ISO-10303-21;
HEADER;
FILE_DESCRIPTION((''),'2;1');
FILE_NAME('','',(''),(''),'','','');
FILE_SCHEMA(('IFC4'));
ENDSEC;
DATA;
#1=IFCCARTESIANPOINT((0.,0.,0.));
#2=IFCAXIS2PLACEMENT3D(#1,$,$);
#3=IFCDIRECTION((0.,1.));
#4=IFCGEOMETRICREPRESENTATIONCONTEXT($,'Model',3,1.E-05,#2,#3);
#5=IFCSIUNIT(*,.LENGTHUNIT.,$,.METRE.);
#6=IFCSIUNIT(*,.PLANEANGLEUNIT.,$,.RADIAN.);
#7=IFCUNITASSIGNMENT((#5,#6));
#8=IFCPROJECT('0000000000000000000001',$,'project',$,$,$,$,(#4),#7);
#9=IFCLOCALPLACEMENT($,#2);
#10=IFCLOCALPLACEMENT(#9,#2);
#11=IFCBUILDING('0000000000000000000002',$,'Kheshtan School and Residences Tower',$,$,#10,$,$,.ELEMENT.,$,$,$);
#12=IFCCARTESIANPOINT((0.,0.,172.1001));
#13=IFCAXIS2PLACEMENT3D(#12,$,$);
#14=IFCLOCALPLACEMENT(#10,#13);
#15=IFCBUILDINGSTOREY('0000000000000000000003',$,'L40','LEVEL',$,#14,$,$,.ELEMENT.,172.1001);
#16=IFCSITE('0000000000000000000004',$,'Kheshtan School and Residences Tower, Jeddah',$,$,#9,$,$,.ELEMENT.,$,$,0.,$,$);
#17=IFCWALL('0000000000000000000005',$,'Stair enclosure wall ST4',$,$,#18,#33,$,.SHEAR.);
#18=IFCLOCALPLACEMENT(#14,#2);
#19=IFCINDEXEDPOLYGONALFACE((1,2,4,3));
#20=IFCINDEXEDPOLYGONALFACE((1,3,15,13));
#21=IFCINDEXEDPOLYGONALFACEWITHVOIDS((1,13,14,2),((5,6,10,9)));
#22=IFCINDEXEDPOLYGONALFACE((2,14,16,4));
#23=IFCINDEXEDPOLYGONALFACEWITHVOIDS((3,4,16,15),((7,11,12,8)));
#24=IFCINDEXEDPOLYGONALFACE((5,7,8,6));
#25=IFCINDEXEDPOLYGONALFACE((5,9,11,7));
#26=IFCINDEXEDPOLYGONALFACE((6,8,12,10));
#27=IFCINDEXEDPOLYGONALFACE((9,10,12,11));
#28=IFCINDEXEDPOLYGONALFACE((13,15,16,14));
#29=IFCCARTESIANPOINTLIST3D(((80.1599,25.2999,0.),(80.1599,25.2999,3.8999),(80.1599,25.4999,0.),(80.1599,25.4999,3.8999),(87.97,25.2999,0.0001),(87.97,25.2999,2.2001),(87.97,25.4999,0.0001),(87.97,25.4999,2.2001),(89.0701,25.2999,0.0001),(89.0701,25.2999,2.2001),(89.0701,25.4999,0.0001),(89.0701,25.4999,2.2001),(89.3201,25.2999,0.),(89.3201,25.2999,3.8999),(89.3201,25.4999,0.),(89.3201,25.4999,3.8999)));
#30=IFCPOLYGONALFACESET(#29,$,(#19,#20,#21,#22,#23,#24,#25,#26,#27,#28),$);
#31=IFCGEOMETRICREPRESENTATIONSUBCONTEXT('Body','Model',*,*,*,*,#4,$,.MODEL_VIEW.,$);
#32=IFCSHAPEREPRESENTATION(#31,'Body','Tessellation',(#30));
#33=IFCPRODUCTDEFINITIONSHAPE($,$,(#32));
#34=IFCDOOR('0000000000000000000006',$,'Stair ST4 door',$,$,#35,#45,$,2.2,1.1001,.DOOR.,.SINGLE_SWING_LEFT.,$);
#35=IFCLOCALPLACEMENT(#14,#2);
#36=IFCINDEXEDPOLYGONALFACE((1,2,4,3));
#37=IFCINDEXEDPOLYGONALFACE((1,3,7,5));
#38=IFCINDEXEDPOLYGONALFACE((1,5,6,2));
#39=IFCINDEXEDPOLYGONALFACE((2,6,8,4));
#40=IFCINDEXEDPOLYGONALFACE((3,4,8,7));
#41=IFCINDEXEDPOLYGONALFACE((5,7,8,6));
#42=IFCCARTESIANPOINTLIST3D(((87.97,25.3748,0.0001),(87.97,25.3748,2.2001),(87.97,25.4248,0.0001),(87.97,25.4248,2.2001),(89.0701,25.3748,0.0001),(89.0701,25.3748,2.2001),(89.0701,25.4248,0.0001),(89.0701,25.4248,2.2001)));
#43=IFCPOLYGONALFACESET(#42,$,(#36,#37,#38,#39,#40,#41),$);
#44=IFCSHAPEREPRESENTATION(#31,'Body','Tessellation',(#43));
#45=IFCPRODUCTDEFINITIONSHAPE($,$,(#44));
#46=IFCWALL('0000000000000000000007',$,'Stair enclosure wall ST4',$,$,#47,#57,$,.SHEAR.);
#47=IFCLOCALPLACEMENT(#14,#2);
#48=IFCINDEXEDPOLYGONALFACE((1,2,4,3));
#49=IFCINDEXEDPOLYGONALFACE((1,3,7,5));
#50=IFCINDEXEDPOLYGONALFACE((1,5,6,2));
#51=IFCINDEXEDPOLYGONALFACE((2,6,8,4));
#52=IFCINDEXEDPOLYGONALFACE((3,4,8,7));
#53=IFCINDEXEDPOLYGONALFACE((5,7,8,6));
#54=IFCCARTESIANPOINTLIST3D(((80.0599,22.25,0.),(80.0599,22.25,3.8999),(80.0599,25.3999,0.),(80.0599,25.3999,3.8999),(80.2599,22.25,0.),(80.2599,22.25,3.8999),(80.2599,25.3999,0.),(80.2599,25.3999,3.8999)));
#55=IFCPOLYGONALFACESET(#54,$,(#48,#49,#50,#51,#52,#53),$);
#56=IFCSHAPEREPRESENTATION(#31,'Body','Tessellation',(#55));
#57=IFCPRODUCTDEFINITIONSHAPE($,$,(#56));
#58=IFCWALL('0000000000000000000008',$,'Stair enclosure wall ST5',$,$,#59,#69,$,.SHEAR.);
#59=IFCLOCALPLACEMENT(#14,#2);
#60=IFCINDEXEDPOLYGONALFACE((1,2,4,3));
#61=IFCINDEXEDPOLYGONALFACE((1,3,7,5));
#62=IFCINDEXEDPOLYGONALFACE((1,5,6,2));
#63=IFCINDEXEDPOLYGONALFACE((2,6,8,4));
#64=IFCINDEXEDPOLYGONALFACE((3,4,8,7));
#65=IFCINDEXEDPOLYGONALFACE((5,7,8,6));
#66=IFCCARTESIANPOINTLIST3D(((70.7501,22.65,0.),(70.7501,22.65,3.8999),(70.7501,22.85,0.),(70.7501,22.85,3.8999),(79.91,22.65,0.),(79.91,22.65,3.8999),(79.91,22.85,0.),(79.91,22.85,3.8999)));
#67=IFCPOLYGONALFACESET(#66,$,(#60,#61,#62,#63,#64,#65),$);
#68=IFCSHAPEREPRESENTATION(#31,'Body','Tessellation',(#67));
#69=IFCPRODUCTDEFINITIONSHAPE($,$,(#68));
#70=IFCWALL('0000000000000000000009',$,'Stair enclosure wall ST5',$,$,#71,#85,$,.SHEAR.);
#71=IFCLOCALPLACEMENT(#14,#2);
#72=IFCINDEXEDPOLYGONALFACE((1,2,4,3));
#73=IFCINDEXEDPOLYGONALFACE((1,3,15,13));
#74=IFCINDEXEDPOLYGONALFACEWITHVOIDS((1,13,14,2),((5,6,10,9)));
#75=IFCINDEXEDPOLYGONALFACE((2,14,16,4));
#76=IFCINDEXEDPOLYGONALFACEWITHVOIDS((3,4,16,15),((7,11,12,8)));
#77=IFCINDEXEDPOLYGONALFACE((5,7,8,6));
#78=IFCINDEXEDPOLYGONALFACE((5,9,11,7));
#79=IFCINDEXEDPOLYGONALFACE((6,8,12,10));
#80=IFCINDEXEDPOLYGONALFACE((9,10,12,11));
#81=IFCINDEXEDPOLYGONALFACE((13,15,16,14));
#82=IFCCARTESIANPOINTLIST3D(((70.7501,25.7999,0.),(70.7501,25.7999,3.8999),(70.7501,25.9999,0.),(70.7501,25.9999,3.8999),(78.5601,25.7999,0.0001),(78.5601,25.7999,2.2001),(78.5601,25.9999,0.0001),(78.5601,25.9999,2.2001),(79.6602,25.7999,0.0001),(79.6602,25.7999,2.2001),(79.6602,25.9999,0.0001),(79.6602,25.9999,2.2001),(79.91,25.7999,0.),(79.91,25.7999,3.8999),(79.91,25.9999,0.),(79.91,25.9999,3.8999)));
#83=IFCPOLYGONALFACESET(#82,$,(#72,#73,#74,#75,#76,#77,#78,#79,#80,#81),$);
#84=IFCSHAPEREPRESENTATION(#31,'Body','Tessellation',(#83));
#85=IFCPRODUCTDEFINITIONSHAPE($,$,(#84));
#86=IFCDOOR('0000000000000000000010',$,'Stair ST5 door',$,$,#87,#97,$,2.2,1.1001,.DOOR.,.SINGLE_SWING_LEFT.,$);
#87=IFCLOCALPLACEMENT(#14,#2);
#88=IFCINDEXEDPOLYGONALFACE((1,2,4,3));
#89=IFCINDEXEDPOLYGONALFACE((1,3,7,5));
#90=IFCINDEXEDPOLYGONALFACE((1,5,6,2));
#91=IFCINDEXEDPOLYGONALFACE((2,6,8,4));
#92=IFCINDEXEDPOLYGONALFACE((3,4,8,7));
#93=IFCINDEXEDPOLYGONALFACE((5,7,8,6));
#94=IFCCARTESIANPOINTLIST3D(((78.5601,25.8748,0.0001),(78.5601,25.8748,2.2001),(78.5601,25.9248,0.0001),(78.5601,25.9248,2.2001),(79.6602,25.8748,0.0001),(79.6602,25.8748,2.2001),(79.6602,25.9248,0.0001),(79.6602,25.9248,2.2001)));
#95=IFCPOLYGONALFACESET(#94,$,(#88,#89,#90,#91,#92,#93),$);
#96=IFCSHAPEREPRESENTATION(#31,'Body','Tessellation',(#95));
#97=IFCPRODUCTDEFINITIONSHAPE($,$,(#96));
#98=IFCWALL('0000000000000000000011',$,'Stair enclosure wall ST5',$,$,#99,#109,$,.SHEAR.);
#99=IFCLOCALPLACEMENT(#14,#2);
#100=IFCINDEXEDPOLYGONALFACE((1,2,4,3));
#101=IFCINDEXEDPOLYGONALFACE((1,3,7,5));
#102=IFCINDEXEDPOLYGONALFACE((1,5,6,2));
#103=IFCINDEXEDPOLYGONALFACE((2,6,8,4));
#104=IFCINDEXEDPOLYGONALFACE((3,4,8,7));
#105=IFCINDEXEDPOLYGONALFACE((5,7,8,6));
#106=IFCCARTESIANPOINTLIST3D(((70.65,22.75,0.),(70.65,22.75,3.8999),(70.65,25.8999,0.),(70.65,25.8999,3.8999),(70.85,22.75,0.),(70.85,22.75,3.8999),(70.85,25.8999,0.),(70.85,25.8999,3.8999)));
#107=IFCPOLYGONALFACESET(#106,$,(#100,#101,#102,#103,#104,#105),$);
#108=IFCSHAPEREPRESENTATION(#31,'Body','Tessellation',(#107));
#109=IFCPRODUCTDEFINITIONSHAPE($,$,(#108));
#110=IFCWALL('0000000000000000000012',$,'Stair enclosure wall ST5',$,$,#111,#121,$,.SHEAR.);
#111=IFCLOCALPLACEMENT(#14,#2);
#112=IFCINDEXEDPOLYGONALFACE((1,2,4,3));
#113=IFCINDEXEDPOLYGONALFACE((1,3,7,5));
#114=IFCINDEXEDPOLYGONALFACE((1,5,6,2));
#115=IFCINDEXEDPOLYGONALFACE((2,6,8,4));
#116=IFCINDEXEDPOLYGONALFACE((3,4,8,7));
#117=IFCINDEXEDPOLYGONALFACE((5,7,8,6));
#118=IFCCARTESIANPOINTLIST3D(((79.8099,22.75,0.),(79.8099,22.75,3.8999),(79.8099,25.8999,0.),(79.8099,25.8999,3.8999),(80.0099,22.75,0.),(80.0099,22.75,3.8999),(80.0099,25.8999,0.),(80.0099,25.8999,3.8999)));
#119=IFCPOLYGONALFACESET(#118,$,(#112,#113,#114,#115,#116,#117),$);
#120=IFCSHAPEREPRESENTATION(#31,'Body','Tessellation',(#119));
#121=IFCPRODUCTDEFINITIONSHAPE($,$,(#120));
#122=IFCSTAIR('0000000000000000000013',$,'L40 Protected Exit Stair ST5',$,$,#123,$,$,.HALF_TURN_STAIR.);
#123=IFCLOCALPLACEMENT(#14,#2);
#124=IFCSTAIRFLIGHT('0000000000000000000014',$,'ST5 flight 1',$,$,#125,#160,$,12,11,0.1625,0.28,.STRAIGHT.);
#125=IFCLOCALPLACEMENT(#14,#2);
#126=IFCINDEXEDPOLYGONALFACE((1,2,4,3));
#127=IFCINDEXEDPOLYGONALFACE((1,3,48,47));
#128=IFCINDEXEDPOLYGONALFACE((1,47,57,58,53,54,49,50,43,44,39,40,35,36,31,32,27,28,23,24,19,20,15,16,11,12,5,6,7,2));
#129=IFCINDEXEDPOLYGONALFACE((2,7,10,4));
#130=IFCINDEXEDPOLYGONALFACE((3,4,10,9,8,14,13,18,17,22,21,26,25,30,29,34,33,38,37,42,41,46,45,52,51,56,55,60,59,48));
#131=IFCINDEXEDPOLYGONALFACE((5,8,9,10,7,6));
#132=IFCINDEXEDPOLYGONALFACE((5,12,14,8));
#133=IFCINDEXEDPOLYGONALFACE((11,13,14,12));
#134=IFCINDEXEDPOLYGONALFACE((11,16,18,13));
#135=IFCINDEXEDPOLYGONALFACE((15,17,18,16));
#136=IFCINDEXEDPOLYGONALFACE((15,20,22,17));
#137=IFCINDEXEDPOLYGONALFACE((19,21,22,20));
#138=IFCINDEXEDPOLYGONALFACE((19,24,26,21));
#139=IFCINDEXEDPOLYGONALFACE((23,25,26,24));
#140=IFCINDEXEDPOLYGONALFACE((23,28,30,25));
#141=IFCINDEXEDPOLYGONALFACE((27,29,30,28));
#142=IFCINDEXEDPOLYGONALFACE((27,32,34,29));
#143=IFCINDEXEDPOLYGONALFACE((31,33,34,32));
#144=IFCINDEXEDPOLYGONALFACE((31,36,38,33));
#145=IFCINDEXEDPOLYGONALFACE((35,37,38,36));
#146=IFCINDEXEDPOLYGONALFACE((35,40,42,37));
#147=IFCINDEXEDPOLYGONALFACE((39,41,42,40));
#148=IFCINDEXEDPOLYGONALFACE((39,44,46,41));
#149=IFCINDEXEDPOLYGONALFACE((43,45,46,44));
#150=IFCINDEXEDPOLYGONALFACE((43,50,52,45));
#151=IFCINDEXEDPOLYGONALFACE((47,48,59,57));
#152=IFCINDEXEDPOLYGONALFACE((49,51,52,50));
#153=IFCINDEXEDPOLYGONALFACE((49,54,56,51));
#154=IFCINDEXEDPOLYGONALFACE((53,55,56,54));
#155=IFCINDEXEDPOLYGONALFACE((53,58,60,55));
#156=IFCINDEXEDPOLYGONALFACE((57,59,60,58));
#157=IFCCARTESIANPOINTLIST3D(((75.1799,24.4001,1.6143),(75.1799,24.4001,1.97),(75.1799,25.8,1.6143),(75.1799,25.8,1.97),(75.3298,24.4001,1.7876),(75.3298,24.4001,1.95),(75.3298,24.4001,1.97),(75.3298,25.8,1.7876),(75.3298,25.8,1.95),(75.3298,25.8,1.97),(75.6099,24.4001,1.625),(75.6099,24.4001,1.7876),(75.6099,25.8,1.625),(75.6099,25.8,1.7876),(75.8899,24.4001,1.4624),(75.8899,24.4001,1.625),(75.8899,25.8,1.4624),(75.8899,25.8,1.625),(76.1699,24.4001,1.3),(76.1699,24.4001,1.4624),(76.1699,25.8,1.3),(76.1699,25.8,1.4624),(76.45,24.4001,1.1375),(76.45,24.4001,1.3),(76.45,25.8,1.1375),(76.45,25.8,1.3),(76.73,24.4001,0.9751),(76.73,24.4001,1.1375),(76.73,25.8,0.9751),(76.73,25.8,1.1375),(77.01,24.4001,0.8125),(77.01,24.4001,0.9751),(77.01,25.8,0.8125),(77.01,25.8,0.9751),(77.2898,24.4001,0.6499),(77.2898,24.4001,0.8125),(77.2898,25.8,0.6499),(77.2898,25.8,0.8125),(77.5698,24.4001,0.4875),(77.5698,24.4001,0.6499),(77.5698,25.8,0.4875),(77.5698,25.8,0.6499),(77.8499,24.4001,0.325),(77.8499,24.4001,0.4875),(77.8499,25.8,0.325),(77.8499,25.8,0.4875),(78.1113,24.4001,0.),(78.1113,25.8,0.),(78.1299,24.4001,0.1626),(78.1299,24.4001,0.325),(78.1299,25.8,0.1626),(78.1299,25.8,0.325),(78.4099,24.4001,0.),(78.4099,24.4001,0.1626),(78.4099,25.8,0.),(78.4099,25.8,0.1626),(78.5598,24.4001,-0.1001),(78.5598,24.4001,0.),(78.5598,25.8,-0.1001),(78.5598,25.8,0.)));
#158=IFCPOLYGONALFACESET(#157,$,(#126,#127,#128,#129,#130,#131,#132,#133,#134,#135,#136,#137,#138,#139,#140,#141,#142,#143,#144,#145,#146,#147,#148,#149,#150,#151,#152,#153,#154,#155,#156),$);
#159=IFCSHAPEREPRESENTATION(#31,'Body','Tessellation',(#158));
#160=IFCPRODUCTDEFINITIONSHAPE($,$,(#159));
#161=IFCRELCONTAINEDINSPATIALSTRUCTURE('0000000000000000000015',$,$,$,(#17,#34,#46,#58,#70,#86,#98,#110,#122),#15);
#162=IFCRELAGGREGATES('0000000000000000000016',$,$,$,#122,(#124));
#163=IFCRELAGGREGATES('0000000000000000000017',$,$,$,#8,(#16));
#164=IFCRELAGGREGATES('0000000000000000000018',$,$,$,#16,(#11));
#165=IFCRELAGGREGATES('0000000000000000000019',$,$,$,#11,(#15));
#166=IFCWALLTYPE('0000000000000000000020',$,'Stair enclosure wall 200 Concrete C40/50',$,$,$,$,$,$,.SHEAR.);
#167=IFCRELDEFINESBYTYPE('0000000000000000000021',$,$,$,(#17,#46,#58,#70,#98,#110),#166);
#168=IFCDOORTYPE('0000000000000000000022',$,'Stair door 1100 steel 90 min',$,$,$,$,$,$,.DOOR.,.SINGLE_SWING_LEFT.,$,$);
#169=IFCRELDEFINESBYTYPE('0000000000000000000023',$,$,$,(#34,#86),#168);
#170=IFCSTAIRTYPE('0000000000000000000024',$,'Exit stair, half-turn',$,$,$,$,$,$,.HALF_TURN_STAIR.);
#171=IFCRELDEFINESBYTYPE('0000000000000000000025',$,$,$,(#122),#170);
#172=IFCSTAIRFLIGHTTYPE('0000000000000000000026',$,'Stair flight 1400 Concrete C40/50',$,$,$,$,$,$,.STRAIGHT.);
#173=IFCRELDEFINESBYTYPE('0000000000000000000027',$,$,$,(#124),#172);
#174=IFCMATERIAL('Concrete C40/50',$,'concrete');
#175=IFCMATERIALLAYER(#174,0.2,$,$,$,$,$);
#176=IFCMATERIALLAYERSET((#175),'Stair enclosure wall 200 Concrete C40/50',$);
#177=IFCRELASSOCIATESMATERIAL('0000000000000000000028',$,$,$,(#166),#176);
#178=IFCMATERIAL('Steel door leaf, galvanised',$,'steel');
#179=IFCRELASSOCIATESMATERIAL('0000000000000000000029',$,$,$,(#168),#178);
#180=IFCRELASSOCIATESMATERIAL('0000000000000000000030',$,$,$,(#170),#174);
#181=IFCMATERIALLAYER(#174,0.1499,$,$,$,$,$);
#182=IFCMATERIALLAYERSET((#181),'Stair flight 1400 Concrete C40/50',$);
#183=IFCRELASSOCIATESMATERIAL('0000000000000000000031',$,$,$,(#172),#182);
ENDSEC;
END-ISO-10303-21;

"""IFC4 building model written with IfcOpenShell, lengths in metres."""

from ifc_helpers import new_model, si_unit, direction, frame, frame_2d, origin, place, context, subcontext, project, spatial, polyline, rectangle, outline, extrude, source, transform, mapped, material, layer, layer_set, type_object, element, fill, aggregate, save


model = new_model("IFC4")

# Units and contexts
model_context = context("Model", 3, precision=1e-05, world=origin(), true_north=direction((0.0, 1.0)))
body_context = subcontext(model_context, "Body", "Model", "MODEL_VIEW")
ifc_project = project(units=[si_unit("LENGTHUNIT", "METRE"), si_unit("PLANEANGLEUNIT", "RADIAN")], contexts=[model_context])

# Site, building, storey
site_placement = place(None, origin())
site = spatial("IfcSite", under=ifc_project, at=site_placement, Name="Kheshtan School and Residences Tower, Jeddah", CompositionType="ELEMENT", RefElevation=0.0)
building_placement = place(site_placement, origin())
building = spatial("IfcBuilding", under=site, at=building_placement, Name="Kheshtan School and Residences Tower", CompositionType="ELEMENT")
storey_placement = place(building_placement, frame((0.0, 0.0, 172.1001)))
storey = spatial("IfcBuildingStorey", under=building, at=storey_placement, Name="L40", Description="LEVEL", CompositionType="ELEMENT", Elevation=172.1001)

# Shared definitions
ifc_material_1 = material(Name="Concrete C40/50", Category="concrete")
ifc_layer_1 = layer(ifc_material_1, 0.2)
ifc_layer_set_1 = layer_set([ifc_layer_1], Name="Stair enclosure wall 200 Concrete C40/50")
wall_type_1 = type_object("IfcWallType", Name="Stair enclosure wall 200 Concrete C40/50", PredefinedType="SHEAR", material=ifc_layer_set_1)

# Wall, opening, door
wall_1_placement = place(storey_placement, frame((80.1599, 25.3999, 0.0), z_axis=(0.0, 0.0, 1.0), x_axis=(1.0, 0.0, 0.0)))
wall_1 = element("IfcWall", 1, at=wall_1_placement, inside=storey, type_object=wall_type_1, Name="Stair enclosure wall ST4", PredefinedType="SHEAR", context=body_context, shape_type="SweptSolid", body=[
    extrude(rectangle(XDim=9.1602, YDim=0.2, at=frame_2d((4.5801, 0.0))), origin(), (0.0, 0.0, 1.0), 3.8999),
])
opening_1_placement = place(wall_1_placement, frame((7.8101, 0.0, 0.0)))
opening_1 = element("IfcOpeningElement", 2, at=opening_1_placement, cuts=wall_1, PredefinedType="OPENING", context=body_context, shape_type="SweptSolid", body=[
    extrude(rectangle(XDim=1.1001, YDim=2.2, at=frame_2d((0.55, 1.1001))), frame((0.0, 0.1099, 0.0), z_axis=(0.0, -1.0, 0.0), x_axis=(1.0, 0.0, 0.0)), (0.0, 0.0, 1.0), 0.22),
])
ifc_material_2 = material(Name="Steel door leaf, galvanised", Category="steel")
door_type = type_object("IfcDoorType", Name="Stair door 1100 steel 90 min", OperationType="SINGLE_SWING_LEFT", PredefinedType="DOOR", material=ifc_material_2)
shared_shape = source(origin(), body_context, "Body", "SweptSolid", [
    extrude(rectangle(XDim=1.1001, YDim=2.2, at=frame_2d((0.55, 1.1001))), frame((0.0, 0.0249, 0.0), z_axis=(0.0, -1.0, 0.0), x_axis=(1.0, 0.0, 0.0)), (0.0, 0.0, 1.0), 0.05),
])
door_1_placement = place(opening_1_placement, origin())
door_1 = element("IfcDoor", 3, at=door_1_placement, inside=storey, type_object=door_type, Name="Stair ST4 door", OperationType="SINGLE_SWING_LEFT", OverallHeight=2.2, OverallWidth=1.1001, PredefinedType="DOOR", context=body_context, shape_type="MappedRepresentation", body=[
    mapped(shared_shape, transform((0.0, 0.0, 0.0), x_axis=(1.0, 0.0, 0.0), y_axis=(0.0, 1.0, 0.0), z_axis=(0.0, 0.0, 1.0), scale=1.0)),
])
fill(opening_1, door_1)

# Walls
wall_2_placement = place(storey_placement, frame((80.1599, 22.25, 0.0), z_axis=(0.0, 0.0, 1.0), x_axis=(0.0, 1.0, 0.0)))
element("IfcWall", 4, at=wall_2_placement, inside=storey, type_object=wall_type_1, Name="Stair enclosure wall ST4", PredefinedType="SHEAR", context=body_context, shape_type="SweptSolid", body=[
    extrude(rectangle(XDim=3.1499, YDim=0.2, at=frame_2d((1.575, 0.0))), origin(), (0.0, 0.0, 1.0), 3.8999),
])
wall_3_placement = place(storey_placement, frame((70.75, 22.75, 0.0), z_axis=(0.0, 0.0, 1.0), x_axis=(1.0, 0.0, 0.0)))
element("IfcWall", 5, at=wall_3_placement, inside=storey, type_object=wall_type_1, Name="Stair enclosure wall ST5", PredefinedType="SHEAR", context=body_context, shape_type="SweptSolid", body=[
    extrude(rectangle(XDim=9.1599, YDim=0.2, at=frame_2d((4.5801, 0.0))), origin(), (0.0, 0.0, 1.0), 3.8999),
])

# Wall, opening, door
wall_4_placement = place(storey_placement, frame((70.75, 25.8999, 0.0), z_axis=(0.0, 0.0, 1.0), x_axis=(1.0, 0.0, 0.0)))
wall_4 = element("IfcWall", 6, at=wall_4_placement, inside=storey, type_object=wall_type_1, Name="Stair enclosure wall ST5", PredefinedType="SHEAR", context=body_context, shape_type="SweptSolid", body=[
    extrude(rectangle(XDim=9.1599, YDim=0.2, at=frame_2d((4.5801, 0.0))), origin(), (0.0, 0.0, 1.0), 3.8999),
])
opening_2_placement = place(wall_4_placement, frame((7.8101, 0.0, 0.0)))
opening_2 = element("IfcOpeningElement", 7, at=opening_2_placement, cuts=wall_4, PredefinedType="OPENING", context=body_context, shape_type="SweptSolid", body=[
    extrude(rectangle(XDim=1.1001, YDim=2.2, at=frame_2d((0.55, 1.1001))), frame((0.0, 0.1099, 0.0), z_axis=(0.0, -1.0, 0.0), x_axis=(1.0, 0.0, 0.0)), (0.0, 0.0, 1.0), 0.22),
])
door_2_placement = place(opening_2_placement, origin())
door_2 = element("IfcDoor", 8, at=door_2_placement, inside=storey, type_object=door_type, Name="Stair ST5 door", OperationType="SINGLE_SWING_LEFT", OverallHeight=2.2, OverallWidth=1.1001, PredefinedType="DOOR", context=body_context, shape_type="MappedRepresentation", body=[
    mapped(shared_shape, transform((0.0, 0.0, 0.0), x_axis=(1.0, 0.0, 0.0), y_axis=(0.0, 1.0, 0.0), z_axis=(0.0, 0.0, 1.0), scale=1.0)),
])
fill(opening_2, door_2)

# Walls
for number, where, z_axis, x_axis, name in (
    (9, (70.75, 22.75, 0.0), (0.0, 0.0, 1.0), (0.0, 1.0, 0.0), "Stair enclosure wall ST5"),
    (10, (79.9099, 22.75, 0.0), (0.0, 0.0, 1.0), (0.0, 1.0, 0.0), "Stair enclosure wall ST5"),
):
    element("IfcWall", number, at=place(storey_placement, frame(where, z_axis=z_axis, x_axis=x_axis)), inside=storey, type_object=wall_type_1, Name=name, PredefinedType="SHEAR", context=body_context, shape_type="SweptSolid", body=[
        extrude(rectangle(XDim=3.1499, YDim=0.2, at=frame_2d((1.575, 0.0))), origin(), (0.0, 0.0, 1.0), 3.8999),
    ])

# Stair, stair flight
stair_type = type_object("IfcStairType", Name="Exit stair, half-turn", PredefinedType="HALF_TURN_STAIR", material=ifc_material_1)
stair_placement = place(storey_placement, origin())
stair = element("IfcStair", 11, at=stair_placement, inside=storey, type_object=stair_type, Name="L40 Protected Exit Stair ST5", PredefinedType="HALF_TURN_STAIR")
ifc_layer_2 = layer(ifc_material_1, 0.1499)
ifc_layer_set_2 = layer_set([ifc_layer_2], Name="Stair flight 1400 Concrete C40/50")
stair_flight_type = type_object("IfcStairFlightType", Name="Stair flight 1400 Concrete C40/50", PredefinedType="STRAIGHT", material=ifc_layer_set_2)
stair_flight_1_placement = place(storey_placement, frame((78.4099, 25.1001, 0.0), z_axis=(0.0, 0.0, 1.0), x_axis=(-1.0, 0.0, 0.0)))
stair_flight_1 = element("IfcStairFlight", 12, at=stair_flight_1_placement, type_object=stair_flight_type, Name="ST5 flight 1", NumberOfRisers=12, NumberOfTreads=11, PredefinedType="STRAIGHT", RiserHeight=0.1625, TreadLength=0.28, context=body_context, shape_type="SweptSolid", body=[
    extrude(outline(polyline([(-0.1499, -0.1001), (-0.1499, 0.0), (0.0, 0.0), (0.0, 0.1626), (0.28, 0.1626), (0.28, 0.325), (0.5601, 0.325), (0.5601, 0.4875), (0.8401, 0.4875), (0.8401, 0.6499), (1.1201, 0.6499), (1.1201, 0.8125), (1.3999, 0.8125), (1.3999, 0.9751), (1.6799, 0.9751), (1.6799, 1.1375), (1.96, 1.1375), (1.96, 1.3), (2.24, 1.3), (2.24, 1.4624), (2.52, 1.4624), (2.52, 1.625), (2.8, 1.625), (2.8, 1.7876), (3.0801, 1.7876), (3.0801, 1.95), (3.0801, 1.97), (3.23, 1.97), (3.23, 1.6143), (0.2986, 0.0), (-0.1499, -0.1001)])), frame((0.0, 0.7, 0.0), z_axis=(0.0, -1.0, 0.0), x_axis=(1.0, 0.0, 0.0)), (0.0, 0.0, 1.0), 1.3999),
])
aggregate(stair, [stair_flight_1])

save(model, "model.ifc")
